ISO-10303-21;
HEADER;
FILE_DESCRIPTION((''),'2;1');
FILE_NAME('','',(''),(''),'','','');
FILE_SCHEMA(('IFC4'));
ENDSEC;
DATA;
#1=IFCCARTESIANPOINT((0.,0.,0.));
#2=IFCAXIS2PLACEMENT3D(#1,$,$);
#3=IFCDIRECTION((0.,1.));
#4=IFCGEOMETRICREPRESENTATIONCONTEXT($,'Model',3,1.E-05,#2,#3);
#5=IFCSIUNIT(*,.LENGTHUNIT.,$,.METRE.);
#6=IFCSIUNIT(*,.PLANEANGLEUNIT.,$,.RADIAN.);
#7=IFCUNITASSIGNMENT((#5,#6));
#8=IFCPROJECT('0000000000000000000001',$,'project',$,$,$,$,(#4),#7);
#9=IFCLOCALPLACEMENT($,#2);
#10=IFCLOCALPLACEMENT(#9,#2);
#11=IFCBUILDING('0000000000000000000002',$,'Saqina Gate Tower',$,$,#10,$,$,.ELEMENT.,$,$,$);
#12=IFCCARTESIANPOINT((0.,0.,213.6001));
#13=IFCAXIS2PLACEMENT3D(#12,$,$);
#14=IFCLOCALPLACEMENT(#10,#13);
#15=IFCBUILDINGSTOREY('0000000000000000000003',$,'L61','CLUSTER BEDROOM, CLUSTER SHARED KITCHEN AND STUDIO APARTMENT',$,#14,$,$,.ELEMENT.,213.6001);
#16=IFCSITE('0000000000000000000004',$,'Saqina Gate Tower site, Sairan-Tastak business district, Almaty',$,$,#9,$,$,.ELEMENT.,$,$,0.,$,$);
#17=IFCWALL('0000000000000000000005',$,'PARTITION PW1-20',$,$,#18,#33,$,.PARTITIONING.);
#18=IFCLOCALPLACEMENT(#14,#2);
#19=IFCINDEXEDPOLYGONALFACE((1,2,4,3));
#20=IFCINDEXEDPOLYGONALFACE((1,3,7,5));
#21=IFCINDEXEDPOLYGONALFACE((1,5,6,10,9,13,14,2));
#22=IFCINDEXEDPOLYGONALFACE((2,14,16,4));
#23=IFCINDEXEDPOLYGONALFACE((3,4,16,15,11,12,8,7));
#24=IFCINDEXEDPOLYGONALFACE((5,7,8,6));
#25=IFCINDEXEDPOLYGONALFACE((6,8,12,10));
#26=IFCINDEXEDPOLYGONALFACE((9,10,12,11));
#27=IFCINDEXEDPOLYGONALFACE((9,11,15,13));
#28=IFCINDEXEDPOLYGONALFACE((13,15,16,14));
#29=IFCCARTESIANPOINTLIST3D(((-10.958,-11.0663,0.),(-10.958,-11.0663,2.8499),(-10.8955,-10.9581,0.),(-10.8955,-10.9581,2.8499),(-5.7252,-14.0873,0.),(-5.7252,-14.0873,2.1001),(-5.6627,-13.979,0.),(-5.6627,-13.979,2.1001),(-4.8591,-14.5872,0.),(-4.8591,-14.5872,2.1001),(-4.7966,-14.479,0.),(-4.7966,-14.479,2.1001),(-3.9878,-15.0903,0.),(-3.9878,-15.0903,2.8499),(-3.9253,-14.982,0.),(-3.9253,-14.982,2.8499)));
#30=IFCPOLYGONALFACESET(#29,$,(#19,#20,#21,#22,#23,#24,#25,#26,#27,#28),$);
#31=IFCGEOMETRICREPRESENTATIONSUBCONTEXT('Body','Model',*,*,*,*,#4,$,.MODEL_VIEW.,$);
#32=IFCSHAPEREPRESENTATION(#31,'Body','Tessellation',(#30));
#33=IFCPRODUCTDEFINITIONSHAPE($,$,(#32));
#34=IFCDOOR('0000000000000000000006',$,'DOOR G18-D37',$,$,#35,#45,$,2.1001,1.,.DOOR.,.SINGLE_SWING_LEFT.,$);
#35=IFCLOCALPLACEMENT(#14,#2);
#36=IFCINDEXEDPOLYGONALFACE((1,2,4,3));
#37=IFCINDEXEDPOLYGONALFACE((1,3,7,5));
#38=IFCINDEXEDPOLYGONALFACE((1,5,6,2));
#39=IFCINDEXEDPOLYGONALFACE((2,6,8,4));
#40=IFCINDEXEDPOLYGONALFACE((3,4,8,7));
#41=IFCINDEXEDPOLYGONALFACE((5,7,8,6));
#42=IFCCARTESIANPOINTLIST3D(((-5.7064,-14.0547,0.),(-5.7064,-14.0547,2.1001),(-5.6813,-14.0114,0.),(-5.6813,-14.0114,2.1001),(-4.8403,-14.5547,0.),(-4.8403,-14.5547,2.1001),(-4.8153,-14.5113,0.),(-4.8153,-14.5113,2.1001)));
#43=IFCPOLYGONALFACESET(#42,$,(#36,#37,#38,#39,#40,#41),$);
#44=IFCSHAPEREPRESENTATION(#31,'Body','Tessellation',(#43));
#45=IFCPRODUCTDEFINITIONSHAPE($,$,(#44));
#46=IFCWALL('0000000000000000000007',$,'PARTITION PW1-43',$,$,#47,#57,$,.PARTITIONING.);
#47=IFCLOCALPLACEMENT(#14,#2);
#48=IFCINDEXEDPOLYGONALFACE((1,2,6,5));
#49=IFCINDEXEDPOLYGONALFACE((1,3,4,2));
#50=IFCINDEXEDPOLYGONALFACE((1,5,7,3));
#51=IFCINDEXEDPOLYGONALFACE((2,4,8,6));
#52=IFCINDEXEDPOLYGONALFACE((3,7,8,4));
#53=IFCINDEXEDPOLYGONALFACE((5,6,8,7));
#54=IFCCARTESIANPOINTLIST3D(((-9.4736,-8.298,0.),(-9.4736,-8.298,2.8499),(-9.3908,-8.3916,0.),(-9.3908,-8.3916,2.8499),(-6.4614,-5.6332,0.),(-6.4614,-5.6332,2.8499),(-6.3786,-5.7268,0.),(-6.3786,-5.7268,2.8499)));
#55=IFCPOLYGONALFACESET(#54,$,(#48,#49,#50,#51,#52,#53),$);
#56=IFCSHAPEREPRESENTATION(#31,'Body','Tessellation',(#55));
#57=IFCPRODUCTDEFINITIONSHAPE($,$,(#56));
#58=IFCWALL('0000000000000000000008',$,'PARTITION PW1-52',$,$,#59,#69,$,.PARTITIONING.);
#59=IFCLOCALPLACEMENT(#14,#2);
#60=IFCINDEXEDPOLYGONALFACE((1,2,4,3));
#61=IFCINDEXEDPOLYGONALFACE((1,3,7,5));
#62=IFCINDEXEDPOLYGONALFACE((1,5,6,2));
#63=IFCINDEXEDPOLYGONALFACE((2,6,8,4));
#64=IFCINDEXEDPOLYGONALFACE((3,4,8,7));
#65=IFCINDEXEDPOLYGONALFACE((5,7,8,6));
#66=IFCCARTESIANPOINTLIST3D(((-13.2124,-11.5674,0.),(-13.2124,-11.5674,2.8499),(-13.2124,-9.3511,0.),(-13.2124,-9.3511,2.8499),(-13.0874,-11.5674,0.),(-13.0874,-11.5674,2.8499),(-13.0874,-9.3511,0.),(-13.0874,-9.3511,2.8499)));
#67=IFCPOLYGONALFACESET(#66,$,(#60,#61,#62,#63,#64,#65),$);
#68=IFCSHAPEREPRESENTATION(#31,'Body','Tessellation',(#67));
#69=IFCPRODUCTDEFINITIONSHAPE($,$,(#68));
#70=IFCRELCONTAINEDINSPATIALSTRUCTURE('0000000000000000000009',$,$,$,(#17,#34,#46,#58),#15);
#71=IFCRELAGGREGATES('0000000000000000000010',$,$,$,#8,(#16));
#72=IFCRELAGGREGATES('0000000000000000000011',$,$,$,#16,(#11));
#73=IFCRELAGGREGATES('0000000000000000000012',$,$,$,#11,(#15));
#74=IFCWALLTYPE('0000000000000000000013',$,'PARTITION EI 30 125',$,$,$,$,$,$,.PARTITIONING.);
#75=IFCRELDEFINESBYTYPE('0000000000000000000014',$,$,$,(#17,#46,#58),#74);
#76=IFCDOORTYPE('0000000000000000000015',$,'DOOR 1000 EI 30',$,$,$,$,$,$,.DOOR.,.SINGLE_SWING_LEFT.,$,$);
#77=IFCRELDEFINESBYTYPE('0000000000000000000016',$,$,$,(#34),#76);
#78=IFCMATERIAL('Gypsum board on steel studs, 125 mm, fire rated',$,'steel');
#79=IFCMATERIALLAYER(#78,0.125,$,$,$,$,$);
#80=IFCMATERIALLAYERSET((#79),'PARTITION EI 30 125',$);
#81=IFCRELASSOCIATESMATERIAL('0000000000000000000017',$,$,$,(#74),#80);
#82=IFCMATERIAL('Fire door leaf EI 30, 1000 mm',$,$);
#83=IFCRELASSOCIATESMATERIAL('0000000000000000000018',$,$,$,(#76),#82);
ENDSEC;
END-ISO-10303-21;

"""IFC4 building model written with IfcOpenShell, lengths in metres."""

from ifc_helpers import new_model, si_unit, direction, frame, frame_2d, origin, place, context, subcontext, project, spatial, rectangle, extrude, material, layer, layer_set, type_object, element, fill, save


model = new_model("IFC4")

# Units and contexts
model_context = context("Model", 3, precision=1e-05, world=origin(), true_north=direction((0.0, 1.0)))
body_context = subcontext(model_context, "Body", "Model", "MODEL_VIEW")
ifc_project = project(units=[si_unit("LENGTHUNIT", "METRE"), si_unit("PLANEANGLEUNIT", "RADIAN")], contexts=[model_context])

# Site, building, storey
site_placement = place(None, origin())
site = spatial("IfcSite", under=ifc_project, at=site_placement, Name="Saqina Gate Tower site, Sairan-Tastak business district, Almaty", CompositionType="ELEMENT", RefElevation=0.0)
building_placement = place(site_placement, origin())
building = spatial("IfcBuilding", under=site, at=building_placement, Name="Saqina Gate Tower", CompositionType="ELEMENT")
storey_placement = place(building_placement, frame((0.0, 0.0, 213.6001)))
storey = spatial("IfcBuildingStorey", under=building, at=storey_placement, Name="L61", Description="CLUSTER BEDROOM, CLUSTER SHARED KITCHEN AND STUDIO APARTMENT", CompositionType="ELEMENT", Elevation=213.6001)

# Shared definitions
ifc_material_1 = material(Name="Gypsum board on steel studs, 125 mm, fire rated", Category="steel")
ifc_layer_1 = layer(ifc_material_1, 0.125)
ifc_layer_set_1 = layer_set([ifc_layer_1], Name="PARTITION EI 30 125")
wall_type_1 = type_object("IfcWallType", Name="PARTITION EI 30 125", PredefinedType="PARTITIONING", material=ifc_layer_set_1)

# Wall, opening, door
ifc_material_2 = material(Name="Fire door leaf EI 30, 1000 mm")
door_type_1 = type_object("IfcDoorType", Name="DOOR 1000 EI 30", OperationType="SINGLE_SWING_LEFT", PredefinedType="DOOR", material=ifc_material_2)
wall_1_placement = place(storey_placement, frame((-10.9268, -11.0122, 0.0), z_axis=(0.0, 0.0, 1.0), x_axis=(0.866043, -0.499969, 0.0)))
wall_1 = element("IfcWall", 1, at=wall_1_placement, inside=storey, type_object=wall_type_1, Name="PARTITION PW1-20", PredefinedType="PARTITIONING", context=body_context, shape_type="SweptSolid", body=[
    extrude(rectangle(XDim=8.0483, YDim=0.125, at=frame_2d((4.0242, 0.0))), origin(), (0.0, 0.0, 1.0), 2.8499),
])
opening_1_placement = place(wall_1_placement, frame((6.0422, 0.0, 0.0)))
opening_1 = element("IfcOpeningElement", 2, at=opening_1_placement, cuts=wall_1, PredefinedType="OPENING", context=body_context, shape_type="SweptSolid", body=[
    extrude(rectangle(XDim=1.0, YDim=2.1001, at=frame_2d((0.5, 1.05))), frame((0.0, 0.0745, 0.0), z_axis=(0.0, -1.0, 0.0), x_axis=(1.0, 0.0, 0.0)), (0.0, 0.0, 1.0), 0.1489),
])
door_1_placement = place(opening_1_placement, frame((1.0, 0.0, 0.0), z_axis=(0.0, 0.0, 1.0), x_axis=(-1.0, 0.0, 0.0)))
door_1 = element("IfcDoor", 3, at=door_1_placement, inside=storey, type_object=door_type_1, Name="DOOR G18-D37", OperationType="SINGLE_SWING_LEFT", OverallHeight=2.1001, OverallWidth=1.0, PredefinedType="DOOR", context=body_context, shape_type="SweptSolid", body=[
    extrude(rectangle(XDim=1.0, YDim=2.1001, at=frame_2d((0.5, 1.05))), frame((0.0, 0.0249, 0.0), z_axis=(0.0, -1.0, 0.0), x_axis=(1.0, 0.0, 0.0)), (0.0, 0.0, 1.0), 0.05),
])
fill(opening_1, door_1)

# Walls
wall_2_placement = place(storey_placement, frame((-9.4321, -8.3447, 0.0), z_axis=(0.0, 0.0, 1.0), x_axis=(0.748978, 0.662595, 0.0)))
element("IfcWall", 4, at=wall_2_placement, inside=storey, type_object=wall_type_1, Name="PARTITION PW1-43", PredefinedType="PARTITIONING", context=body_context, shape_type="SweptSolid", body=[
    extrude(rectangle(XDim=4.0217, YDim=0.125, at=frame_2d((2.0107, 0.0))), origin(), (0.0, 0.0, 1.0), 2.8499),
])
wall_3_placement = place(storey_placement, frame((-13.1499, -11.5674, 0.0), z_axis=(0.0, 0.0, 1.0), x_axis=(0.0, 1.0, 0.0)))
element("IfcWall", 5, at=wall_3_placement, inside=storey, type_object=wall_type_1, Name="PARTITION PW1-52", PredefinedType="PARTITIONING", context=body_context, shape_type="SweptSolid", body=[
    extrude(rectangle(XDim=2.2163, YDim=0.125, at=frame_2d((1.1082, 0.0))), origin(), (0.0, 0.0, 1.0), 2.8499),
])

save(model, "model.ifc")
